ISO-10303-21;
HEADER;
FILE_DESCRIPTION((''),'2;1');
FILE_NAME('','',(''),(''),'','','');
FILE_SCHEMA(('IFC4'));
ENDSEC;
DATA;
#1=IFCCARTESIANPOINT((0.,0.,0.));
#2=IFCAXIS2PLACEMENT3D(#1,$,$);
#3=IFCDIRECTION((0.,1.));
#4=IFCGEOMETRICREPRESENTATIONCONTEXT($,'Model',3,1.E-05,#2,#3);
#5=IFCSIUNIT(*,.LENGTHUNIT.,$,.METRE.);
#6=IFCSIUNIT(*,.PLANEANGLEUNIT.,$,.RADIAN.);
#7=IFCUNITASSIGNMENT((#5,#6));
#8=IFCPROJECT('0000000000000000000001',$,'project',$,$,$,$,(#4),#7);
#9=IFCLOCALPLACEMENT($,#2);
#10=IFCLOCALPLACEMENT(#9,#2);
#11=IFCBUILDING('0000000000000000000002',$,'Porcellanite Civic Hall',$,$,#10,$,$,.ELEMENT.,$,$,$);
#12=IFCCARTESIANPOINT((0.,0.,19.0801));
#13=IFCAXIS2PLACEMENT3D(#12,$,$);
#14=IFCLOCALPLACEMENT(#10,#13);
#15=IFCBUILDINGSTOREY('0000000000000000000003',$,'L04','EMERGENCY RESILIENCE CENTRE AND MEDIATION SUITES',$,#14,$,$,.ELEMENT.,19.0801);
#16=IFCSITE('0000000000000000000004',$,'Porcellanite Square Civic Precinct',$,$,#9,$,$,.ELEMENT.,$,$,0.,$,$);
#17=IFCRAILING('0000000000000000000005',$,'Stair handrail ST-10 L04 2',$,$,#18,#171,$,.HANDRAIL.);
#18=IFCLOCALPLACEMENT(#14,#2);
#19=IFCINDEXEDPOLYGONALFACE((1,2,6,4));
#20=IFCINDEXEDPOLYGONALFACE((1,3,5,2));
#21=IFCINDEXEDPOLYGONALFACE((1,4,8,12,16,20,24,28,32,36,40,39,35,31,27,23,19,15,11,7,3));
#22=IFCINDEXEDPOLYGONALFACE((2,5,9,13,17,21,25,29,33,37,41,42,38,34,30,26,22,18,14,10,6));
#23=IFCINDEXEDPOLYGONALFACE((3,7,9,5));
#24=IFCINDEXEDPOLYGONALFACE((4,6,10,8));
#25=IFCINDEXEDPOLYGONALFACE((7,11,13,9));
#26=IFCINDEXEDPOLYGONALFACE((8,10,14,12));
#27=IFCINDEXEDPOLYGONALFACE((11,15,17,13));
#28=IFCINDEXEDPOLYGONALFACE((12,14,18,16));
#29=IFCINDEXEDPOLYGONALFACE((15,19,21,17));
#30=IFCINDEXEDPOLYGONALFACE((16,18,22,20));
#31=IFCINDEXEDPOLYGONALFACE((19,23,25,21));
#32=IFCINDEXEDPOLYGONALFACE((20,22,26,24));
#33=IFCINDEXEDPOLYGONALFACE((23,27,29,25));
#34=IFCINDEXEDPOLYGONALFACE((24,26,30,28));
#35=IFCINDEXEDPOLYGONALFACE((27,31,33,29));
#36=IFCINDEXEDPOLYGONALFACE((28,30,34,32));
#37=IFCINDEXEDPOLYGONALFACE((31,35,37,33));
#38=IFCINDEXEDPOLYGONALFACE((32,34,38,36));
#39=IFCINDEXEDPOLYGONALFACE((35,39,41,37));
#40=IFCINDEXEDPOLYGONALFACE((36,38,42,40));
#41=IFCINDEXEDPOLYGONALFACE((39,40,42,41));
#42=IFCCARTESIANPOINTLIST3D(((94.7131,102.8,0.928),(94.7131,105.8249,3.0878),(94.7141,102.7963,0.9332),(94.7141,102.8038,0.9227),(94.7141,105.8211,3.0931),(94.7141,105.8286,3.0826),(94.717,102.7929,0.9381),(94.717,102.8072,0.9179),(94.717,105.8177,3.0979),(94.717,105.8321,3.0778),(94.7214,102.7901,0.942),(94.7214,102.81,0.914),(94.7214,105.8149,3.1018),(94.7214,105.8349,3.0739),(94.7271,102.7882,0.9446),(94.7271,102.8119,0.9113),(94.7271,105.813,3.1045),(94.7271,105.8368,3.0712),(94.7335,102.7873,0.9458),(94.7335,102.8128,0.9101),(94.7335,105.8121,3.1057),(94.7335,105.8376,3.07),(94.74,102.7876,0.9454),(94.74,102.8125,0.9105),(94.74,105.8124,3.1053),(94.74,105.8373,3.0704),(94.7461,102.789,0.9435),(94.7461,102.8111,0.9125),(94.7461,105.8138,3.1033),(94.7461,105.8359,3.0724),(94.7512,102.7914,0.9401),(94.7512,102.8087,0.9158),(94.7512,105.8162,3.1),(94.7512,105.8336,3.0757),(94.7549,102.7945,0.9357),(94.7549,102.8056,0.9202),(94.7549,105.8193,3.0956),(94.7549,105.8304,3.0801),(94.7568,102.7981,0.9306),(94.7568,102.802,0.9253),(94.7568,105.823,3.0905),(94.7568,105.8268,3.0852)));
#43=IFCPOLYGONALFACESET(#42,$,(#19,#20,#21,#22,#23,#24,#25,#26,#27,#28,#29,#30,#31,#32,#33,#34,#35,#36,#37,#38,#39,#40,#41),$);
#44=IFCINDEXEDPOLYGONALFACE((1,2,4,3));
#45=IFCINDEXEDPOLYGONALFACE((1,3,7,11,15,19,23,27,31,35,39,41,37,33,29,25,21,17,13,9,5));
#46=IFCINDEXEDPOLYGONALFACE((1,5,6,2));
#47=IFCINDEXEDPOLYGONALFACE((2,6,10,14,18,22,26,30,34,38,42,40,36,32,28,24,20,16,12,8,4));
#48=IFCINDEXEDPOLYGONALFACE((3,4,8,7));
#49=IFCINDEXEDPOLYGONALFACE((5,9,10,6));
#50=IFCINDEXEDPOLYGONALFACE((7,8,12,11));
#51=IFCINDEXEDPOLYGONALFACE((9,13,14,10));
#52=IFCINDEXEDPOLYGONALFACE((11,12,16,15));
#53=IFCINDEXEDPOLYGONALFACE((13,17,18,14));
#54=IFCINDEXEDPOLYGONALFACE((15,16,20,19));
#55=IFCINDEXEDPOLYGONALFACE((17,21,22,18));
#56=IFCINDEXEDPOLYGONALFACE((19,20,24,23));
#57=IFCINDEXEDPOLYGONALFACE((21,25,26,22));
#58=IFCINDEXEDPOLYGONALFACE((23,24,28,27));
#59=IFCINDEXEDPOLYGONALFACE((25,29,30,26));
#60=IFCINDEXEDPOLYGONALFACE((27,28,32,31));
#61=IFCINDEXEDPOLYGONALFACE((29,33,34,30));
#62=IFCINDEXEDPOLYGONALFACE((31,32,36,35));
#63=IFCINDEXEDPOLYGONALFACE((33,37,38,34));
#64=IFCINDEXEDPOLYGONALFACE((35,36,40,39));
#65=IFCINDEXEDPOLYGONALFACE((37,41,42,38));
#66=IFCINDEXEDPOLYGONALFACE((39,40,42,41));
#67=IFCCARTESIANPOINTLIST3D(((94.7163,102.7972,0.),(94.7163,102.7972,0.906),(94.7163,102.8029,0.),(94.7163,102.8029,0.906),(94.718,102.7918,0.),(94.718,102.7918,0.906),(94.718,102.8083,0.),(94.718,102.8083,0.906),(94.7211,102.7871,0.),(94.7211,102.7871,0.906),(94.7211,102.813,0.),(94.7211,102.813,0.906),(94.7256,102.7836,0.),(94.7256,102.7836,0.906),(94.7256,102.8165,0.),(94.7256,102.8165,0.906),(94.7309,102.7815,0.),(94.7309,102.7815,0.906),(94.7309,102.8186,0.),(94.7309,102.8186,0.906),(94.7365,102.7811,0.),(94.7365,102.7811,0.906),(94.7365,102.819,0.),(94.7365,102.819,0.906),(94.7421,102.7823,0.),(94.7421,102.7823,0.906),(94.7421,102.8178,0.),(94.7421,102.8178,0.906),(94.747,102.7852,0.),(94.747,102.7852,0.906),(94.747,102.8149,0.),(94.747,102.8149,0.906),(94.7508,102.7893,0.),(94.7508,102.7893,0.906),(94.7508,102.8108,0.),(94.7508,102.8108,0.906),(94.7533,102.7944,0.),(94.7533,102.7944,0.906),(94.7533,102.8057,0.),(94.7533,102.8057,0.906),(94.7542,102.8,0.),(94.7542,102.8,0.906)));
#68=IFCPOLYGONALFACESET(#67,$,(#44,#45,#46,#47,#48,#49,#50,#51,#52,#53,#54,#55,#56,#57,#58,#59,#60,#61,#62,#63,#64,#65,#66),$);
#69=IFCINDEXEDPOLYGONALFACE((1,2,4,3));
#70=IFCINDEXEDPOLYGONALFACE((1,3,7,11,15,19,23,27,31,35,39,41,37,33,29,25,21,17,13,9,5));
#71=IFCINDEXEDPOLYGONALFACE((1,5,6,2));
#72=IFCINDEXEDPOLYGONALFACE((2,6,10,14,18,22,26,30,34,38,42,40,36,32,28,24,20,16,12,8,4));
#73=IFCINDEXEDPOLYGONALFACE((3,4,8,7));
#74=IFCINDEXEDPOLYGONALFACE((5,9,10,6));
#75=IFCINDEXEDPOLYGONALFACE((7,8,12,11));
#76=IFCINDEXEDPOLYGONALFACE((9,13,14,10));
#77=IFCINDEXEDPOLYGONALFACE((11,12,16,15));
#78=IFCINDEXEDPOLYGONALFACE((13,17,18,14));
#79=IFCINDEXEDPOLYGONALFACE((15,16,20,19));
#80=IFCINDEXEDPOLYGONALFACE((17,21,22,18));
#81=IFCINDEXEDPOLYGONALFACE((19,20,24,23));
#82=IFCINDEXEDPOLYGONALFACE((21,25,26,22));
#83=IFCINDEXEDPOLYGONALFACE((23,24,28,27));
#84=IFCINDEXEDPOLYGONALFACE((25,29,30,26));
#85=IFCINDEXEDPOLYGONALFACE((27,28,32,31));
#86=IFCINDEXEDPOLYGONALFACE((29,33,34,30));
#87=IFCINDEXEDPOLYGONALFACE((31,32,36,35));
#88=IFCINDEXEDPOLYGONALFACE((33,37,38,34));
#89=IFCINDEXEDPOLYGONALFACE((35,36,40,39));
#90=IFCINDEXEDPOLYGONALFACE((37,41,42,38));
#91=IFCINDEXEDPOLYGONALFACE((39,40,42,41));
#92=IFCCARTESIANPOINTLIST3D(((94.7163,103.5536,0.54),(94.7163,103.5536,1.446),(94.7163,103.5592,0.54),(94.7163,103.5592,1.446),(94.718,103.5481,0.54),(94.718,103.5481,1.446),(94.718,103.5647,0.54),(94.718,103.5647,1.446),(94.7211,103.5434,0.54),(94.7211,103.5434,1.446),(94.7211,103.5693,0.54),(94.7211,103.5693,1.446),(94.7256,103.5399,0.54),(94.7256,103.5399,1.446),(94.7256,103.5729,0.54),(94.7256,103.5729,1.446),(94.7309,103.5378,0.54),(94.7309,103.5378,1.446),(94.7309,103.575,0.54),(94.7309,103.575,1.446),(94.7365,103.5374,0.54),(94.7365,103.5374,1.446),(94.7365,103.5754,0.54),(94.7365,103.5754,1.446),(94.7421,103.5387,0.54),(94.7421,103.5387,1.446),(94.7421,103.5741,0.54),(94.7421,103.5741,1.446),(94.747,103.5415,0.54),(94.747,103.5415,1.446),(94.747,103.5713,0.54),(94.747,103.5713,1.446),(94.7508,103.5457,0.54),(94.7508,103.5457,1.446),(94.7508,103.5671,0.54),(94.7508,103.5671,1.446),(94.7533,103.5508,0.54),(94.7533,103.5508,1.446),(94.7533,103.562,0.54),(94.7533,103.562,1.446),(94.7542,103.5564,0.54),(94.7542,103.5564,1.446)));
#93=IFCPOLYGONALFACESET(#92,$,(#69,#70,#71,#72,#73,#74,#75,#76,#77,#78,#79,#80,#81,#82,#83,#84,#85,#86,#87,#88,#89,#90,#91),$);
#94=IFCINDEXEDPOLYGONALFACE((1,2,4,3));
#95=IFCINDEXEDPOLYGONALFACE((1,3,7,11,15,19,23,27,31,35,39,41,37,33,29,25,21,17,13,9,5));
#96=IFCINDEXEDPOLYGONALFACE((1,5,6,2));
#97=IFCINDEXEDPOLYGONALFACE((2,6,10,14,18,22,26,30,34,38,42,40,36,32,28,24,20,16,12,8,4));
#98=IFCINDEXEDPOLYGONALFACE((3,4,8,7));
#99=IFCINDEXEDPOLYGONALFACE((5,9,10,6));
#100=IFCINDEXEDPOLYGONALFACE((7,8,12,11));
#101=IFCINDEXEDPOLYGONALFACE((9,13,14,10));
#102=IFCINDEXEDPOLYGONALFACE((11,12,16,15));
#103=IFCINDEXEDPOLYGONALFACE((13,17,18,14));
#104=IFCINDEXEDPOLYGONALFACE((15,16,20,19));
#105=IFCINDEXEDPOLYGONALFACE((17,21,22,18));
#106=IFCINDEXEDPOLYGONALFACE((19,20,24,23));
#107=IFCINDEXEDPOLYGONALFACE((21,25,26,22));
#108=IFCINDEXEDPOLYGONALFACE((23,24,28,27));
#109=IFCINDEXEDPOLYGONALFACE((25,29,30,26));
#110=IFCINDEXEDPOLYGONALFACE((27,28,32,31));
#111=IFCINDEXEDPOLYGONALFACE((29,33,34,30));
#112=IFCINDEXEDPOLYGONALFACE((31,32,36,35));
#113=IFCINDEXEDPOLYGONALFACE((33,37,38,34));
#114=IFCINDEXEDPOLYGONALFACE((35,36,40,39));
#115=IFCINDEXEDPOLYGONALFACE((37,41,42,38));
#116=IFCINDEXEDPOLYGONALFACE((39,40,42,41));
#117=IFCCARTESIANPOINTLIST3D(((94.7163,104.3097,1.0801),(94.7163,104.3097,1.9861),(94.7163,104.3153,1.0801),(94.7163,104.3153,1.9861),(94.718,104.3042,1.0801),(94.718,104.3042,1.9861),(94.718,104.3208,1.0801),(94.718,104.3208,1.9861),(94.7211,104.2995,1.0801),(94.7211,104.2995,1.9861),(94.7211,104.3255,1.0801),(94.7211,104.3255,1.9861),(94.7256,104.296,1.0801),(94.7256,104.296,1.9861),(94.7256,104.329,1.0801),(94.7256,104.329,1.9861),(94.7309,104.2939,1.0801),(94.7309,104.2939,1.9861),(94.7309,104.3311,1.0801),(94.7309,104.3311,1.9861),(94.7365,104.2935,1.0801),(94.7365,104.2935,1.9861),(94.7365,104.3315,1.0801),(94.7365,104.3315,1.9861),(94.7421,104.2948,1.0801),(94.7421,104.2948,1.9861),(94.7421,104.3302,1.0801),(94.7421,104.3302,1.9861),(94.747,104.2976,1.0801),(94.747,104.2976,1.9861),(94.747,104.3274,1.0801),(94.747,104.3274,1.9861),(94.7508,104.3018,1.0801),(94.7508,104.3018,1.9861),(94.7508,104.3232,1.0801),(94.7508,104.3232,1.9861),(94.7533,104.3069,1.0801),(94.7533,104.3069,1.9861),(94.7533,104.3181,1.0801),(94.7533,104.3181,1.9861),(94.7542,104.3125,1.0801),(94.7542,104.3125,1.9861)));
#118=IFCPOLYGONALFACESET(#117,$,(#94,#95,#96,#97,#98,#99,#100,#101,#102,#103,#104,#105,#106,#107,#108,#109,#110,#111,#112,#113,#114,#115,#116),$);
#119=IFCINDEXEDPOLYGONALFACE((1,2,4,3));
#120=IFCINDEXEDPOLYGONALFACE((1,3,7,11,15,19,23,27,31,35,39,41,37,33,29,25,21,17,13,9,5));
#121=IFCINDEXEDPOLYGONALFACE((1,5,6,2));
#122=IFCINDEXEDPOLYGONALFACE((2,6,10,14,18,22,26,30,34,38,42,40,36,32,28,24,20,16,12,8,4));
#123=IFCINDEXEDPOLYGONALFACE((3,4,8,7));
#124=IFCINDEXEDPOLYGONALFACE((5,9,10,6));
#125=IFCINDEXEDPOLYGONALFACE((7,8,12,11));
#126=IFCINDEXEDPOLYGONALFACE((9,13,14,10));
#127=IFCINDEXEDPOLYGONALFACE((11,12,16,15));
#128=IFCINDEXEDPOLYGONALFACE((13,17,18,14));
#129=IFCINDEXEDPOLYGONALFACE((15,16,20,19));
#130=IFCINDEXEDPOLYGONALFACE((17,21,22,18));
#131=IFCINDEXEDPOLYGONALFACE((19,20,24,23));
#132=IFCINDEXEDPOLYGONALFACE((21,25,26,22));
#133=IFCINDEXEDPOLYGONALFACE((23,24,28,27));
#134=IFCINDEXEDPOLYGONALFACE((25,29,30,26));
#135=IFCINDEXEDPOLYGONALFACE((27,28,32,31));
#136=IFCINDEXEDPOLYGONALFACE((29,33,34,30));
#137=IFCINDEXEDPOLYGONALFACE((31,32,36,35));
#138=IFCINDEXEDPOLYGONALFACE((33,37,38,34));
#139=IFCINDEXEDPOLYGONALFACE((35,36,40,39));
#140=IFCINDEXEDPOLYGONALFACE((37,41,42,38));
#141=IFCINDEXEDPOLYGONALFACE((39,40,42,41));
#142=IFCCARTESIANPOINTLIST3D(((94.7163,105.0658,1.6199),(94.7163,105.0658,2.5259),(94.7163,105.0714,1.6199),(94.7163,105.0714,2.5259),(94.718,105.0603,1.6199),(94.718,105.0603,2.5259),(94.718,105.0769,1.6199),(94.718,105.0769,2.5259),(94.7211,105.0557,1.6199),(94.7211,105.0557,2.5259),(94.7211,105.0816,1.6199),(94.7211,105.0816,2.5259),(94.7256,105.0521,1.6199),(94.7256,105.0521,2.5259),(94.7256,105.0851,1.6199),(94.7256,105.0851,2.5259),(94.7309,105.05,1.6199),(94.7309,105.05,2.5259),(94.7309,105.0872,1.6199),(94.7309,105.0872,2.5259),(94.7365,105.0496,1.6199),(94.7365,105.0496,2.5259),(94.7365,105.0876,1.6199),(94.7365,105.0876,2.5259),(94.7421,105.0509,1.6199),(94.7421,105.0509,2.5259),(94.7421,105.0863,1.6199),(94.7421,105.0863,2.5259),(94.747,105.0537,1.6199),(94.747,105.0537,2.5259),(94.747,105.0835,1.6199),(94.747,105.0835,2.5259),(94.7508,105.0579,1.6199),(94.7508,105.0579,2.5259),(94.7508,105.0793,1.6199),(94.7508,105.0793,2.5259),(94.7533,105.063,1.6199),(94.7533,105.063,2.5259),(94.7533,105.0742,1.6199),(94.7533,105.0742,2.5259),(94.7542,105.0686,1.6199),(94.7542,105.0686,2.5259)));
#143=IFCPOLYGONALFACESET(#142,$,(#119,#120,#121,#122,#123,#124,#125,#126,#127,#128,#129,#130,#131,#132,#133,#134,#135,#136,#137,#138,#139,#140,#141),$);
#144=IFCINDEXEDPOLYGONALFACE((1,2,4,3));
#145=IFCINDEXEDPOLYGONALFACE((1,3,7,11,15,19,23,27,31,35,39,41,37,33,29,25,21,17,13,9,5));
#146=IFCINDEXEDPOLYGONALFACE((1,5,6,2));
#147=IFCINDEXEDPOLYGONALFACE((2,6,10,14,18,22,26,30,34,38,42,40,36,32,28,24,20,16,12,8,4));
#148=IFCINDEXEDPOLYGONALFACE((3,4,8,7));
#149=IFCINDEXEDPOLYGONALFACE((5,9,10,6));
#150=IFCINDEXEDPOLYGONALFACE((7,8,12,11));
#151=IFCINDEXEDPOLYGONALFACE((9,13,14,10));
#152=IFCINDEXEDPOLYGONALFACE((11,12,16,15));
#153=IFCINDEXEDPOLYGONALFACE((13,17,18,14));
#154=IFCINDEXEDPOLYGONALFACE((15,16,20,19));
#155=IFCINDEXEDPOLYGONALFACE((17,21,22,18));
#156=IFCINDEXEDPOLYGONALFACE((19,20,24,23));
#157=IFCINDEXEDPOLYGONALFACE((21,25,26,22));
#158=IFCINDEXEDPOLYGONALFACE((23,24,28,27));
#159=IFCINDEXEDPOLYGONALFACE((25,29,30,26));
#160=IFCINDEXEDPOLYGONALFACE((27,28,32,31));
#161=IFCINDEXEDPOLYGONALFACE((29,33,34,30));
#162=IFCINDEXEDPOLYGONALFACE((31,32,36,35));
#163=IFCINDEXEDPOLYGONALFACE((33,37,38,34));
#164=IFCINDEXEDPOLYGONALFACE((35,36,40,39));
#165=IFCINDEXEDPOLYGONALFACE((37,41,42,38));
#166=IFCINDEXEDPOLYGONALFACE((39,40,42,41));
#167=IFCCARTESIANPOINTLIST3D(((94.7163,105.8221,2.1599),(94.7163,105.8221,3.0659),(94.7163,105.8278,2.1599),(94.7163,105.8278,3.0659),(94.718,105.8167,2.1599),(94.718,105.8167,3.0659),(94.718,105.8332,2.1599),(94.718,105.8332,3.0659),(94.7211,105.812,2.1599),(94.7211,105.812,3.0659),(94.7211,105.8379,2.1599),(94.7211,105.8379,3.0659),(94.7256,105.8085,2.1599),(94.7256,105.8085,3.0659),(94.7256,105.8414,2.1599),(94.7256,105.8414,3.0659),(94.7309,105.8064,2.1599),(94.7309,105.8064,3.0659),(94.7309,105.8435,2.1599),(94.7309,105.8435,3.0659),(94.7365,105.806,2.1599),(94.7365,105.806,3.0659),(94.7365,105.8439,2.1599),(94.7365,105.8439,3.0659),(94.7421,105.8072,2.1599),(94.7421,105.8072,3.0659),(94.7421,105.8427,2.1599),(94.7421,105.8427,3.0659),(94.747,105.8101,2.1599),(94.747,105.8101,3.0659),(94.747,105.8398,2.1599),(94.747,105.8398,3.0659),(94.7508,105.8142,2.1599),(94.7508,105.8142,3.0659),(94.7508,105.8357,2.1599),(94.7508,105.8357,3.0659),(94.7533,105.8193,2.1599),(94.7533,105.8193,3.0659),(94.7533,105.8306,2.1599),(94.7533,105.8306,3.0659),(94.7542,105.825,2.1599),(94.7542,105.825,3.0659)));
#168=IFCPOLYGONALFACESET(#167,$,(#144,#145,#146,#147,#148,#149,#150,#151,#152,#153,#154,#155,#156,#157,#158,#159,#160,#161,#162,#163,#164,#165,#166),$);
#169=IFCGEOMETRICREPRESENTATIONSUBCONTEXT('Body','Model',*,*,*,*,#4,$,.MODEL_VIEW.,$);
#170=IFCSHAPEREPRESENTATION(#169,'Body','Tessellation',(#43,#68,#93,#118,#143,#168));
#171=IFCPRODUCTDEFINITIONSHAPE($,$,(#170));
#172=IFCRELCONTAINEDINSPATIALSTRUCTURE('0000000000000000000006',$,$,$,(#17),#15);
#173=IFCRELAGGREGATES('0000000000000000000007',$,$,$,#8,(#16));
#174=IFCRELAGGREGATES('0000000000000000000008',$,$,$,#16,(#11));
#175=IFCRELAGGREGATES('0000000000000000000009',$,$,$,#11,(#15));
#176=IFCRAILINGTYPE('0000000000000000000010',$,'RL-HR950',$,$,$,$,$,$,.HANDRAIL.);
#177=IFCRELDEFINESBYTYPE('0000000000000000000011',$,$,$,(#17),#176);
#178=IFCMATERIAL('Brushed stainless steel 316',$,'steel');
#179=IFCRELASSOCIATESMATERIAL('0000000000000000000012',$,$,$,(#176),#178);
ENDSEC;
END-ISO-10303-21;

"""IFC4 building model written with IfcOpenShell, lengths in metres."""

from ifc_helpers import new_model, si_unit, direction, frame, origin, origin_2d, place, context, subcontext, project, spatial, circle, extrude, material, type_object, element, save


model = new_model("IFC4")

# Units and contexts
model_context = context("Model", 3, precision=1e-05, world=origin(), true_north=direction((0.0, 1.0)))
body_context = subcontext(model_context, "Body", "Model", "MODEL_VIEW")
ifc_project = project(units=[si_unit("LENGTHUNIT", "METRE"), si_unit("PLANEANGLEUNIT", "RADIAN")], contexts=[model_context])

# Site, building, storey
site_placement = place(None, origin())
site = spatial("IfcSite", under=ifc_project, at=site_placement, Name="Porcellanite Square Civic Precinct", CompositionType="ELEMENT", RefElevation=0.0)
building_placement = place(site_placement, origin())
building = spatial("IfcBuilding", under=site, at=building_placement, Name="Porcellanite Civic Hall", CompositionType="ELEMENT")
storey_placement = place(building_placement, frame((0.0, 0.0, 19.0801)))
storey = spatial("IfcBuildingStorey", under=building, at=storey_placement, Name="L04", Description="EMERGENCY RESILIENCE CENTRE AND MEDIATION SUITES", CompositionType="ELEMENT", Elevation=19.0801)

# Railing
ifc_material_1 = material(Name="Brushed stainless steel 316", Category="steel")
railing_type_1 = type_object("IfcRailingType", Name="RL-HR950", PredefinedType="HANDRAIL", material=ifc_material_1)
railing_1_placement = place(storey_placement, frame((94.7351, 102.8, 0.0)))
element("IfcRailing", 1, at=railing_1_placement, inside=storey, type_object=railing_type_1, Name="Stair handrail ST-10 L04 2", PredefinedType="HANDRAIL", context=body_context, shape_type="SweptSolid", body=[
    extrude(circle(Radius=0.022, at=origin_2d()), frame((0.0, 0.0, 0.928), z_axis=(0.0, 0.813827, 0.581108), x_axis=(-1.0, 0.0, 0.0)), (0.0, 0.0, 1.0), 3.7168),
    extrude(circle(Radius=0.019, at=origin_2d()), origin(), (0.0, 0.0, 1.0), 0.906),
    extrude(circle(Radius=0.019, at=origin_2d()), frame((0.0, 0.7563, 0.54)), (0.0, 0.0, 1.0), 0.906),
    extrude(circle(Radius=0.019, at=origin_2d()), frame((0.0, 1.5125, 1.0801)), (0.0, 0.0, 1.0), 0.906),
    extrude(circle(Radius=0.019, at=origin_2d()), frame((0.0, 2.2686, 1.6199)), (0.0, 0.0, 1.0), 0.906),
    extrude(circle(Radius=0.019, at=origin_2d()), frame((0.0, 3.0249, 2.1599)), (0.0, 0.0, 1.0), 0.906),
])

save(model, "model.ifc")
